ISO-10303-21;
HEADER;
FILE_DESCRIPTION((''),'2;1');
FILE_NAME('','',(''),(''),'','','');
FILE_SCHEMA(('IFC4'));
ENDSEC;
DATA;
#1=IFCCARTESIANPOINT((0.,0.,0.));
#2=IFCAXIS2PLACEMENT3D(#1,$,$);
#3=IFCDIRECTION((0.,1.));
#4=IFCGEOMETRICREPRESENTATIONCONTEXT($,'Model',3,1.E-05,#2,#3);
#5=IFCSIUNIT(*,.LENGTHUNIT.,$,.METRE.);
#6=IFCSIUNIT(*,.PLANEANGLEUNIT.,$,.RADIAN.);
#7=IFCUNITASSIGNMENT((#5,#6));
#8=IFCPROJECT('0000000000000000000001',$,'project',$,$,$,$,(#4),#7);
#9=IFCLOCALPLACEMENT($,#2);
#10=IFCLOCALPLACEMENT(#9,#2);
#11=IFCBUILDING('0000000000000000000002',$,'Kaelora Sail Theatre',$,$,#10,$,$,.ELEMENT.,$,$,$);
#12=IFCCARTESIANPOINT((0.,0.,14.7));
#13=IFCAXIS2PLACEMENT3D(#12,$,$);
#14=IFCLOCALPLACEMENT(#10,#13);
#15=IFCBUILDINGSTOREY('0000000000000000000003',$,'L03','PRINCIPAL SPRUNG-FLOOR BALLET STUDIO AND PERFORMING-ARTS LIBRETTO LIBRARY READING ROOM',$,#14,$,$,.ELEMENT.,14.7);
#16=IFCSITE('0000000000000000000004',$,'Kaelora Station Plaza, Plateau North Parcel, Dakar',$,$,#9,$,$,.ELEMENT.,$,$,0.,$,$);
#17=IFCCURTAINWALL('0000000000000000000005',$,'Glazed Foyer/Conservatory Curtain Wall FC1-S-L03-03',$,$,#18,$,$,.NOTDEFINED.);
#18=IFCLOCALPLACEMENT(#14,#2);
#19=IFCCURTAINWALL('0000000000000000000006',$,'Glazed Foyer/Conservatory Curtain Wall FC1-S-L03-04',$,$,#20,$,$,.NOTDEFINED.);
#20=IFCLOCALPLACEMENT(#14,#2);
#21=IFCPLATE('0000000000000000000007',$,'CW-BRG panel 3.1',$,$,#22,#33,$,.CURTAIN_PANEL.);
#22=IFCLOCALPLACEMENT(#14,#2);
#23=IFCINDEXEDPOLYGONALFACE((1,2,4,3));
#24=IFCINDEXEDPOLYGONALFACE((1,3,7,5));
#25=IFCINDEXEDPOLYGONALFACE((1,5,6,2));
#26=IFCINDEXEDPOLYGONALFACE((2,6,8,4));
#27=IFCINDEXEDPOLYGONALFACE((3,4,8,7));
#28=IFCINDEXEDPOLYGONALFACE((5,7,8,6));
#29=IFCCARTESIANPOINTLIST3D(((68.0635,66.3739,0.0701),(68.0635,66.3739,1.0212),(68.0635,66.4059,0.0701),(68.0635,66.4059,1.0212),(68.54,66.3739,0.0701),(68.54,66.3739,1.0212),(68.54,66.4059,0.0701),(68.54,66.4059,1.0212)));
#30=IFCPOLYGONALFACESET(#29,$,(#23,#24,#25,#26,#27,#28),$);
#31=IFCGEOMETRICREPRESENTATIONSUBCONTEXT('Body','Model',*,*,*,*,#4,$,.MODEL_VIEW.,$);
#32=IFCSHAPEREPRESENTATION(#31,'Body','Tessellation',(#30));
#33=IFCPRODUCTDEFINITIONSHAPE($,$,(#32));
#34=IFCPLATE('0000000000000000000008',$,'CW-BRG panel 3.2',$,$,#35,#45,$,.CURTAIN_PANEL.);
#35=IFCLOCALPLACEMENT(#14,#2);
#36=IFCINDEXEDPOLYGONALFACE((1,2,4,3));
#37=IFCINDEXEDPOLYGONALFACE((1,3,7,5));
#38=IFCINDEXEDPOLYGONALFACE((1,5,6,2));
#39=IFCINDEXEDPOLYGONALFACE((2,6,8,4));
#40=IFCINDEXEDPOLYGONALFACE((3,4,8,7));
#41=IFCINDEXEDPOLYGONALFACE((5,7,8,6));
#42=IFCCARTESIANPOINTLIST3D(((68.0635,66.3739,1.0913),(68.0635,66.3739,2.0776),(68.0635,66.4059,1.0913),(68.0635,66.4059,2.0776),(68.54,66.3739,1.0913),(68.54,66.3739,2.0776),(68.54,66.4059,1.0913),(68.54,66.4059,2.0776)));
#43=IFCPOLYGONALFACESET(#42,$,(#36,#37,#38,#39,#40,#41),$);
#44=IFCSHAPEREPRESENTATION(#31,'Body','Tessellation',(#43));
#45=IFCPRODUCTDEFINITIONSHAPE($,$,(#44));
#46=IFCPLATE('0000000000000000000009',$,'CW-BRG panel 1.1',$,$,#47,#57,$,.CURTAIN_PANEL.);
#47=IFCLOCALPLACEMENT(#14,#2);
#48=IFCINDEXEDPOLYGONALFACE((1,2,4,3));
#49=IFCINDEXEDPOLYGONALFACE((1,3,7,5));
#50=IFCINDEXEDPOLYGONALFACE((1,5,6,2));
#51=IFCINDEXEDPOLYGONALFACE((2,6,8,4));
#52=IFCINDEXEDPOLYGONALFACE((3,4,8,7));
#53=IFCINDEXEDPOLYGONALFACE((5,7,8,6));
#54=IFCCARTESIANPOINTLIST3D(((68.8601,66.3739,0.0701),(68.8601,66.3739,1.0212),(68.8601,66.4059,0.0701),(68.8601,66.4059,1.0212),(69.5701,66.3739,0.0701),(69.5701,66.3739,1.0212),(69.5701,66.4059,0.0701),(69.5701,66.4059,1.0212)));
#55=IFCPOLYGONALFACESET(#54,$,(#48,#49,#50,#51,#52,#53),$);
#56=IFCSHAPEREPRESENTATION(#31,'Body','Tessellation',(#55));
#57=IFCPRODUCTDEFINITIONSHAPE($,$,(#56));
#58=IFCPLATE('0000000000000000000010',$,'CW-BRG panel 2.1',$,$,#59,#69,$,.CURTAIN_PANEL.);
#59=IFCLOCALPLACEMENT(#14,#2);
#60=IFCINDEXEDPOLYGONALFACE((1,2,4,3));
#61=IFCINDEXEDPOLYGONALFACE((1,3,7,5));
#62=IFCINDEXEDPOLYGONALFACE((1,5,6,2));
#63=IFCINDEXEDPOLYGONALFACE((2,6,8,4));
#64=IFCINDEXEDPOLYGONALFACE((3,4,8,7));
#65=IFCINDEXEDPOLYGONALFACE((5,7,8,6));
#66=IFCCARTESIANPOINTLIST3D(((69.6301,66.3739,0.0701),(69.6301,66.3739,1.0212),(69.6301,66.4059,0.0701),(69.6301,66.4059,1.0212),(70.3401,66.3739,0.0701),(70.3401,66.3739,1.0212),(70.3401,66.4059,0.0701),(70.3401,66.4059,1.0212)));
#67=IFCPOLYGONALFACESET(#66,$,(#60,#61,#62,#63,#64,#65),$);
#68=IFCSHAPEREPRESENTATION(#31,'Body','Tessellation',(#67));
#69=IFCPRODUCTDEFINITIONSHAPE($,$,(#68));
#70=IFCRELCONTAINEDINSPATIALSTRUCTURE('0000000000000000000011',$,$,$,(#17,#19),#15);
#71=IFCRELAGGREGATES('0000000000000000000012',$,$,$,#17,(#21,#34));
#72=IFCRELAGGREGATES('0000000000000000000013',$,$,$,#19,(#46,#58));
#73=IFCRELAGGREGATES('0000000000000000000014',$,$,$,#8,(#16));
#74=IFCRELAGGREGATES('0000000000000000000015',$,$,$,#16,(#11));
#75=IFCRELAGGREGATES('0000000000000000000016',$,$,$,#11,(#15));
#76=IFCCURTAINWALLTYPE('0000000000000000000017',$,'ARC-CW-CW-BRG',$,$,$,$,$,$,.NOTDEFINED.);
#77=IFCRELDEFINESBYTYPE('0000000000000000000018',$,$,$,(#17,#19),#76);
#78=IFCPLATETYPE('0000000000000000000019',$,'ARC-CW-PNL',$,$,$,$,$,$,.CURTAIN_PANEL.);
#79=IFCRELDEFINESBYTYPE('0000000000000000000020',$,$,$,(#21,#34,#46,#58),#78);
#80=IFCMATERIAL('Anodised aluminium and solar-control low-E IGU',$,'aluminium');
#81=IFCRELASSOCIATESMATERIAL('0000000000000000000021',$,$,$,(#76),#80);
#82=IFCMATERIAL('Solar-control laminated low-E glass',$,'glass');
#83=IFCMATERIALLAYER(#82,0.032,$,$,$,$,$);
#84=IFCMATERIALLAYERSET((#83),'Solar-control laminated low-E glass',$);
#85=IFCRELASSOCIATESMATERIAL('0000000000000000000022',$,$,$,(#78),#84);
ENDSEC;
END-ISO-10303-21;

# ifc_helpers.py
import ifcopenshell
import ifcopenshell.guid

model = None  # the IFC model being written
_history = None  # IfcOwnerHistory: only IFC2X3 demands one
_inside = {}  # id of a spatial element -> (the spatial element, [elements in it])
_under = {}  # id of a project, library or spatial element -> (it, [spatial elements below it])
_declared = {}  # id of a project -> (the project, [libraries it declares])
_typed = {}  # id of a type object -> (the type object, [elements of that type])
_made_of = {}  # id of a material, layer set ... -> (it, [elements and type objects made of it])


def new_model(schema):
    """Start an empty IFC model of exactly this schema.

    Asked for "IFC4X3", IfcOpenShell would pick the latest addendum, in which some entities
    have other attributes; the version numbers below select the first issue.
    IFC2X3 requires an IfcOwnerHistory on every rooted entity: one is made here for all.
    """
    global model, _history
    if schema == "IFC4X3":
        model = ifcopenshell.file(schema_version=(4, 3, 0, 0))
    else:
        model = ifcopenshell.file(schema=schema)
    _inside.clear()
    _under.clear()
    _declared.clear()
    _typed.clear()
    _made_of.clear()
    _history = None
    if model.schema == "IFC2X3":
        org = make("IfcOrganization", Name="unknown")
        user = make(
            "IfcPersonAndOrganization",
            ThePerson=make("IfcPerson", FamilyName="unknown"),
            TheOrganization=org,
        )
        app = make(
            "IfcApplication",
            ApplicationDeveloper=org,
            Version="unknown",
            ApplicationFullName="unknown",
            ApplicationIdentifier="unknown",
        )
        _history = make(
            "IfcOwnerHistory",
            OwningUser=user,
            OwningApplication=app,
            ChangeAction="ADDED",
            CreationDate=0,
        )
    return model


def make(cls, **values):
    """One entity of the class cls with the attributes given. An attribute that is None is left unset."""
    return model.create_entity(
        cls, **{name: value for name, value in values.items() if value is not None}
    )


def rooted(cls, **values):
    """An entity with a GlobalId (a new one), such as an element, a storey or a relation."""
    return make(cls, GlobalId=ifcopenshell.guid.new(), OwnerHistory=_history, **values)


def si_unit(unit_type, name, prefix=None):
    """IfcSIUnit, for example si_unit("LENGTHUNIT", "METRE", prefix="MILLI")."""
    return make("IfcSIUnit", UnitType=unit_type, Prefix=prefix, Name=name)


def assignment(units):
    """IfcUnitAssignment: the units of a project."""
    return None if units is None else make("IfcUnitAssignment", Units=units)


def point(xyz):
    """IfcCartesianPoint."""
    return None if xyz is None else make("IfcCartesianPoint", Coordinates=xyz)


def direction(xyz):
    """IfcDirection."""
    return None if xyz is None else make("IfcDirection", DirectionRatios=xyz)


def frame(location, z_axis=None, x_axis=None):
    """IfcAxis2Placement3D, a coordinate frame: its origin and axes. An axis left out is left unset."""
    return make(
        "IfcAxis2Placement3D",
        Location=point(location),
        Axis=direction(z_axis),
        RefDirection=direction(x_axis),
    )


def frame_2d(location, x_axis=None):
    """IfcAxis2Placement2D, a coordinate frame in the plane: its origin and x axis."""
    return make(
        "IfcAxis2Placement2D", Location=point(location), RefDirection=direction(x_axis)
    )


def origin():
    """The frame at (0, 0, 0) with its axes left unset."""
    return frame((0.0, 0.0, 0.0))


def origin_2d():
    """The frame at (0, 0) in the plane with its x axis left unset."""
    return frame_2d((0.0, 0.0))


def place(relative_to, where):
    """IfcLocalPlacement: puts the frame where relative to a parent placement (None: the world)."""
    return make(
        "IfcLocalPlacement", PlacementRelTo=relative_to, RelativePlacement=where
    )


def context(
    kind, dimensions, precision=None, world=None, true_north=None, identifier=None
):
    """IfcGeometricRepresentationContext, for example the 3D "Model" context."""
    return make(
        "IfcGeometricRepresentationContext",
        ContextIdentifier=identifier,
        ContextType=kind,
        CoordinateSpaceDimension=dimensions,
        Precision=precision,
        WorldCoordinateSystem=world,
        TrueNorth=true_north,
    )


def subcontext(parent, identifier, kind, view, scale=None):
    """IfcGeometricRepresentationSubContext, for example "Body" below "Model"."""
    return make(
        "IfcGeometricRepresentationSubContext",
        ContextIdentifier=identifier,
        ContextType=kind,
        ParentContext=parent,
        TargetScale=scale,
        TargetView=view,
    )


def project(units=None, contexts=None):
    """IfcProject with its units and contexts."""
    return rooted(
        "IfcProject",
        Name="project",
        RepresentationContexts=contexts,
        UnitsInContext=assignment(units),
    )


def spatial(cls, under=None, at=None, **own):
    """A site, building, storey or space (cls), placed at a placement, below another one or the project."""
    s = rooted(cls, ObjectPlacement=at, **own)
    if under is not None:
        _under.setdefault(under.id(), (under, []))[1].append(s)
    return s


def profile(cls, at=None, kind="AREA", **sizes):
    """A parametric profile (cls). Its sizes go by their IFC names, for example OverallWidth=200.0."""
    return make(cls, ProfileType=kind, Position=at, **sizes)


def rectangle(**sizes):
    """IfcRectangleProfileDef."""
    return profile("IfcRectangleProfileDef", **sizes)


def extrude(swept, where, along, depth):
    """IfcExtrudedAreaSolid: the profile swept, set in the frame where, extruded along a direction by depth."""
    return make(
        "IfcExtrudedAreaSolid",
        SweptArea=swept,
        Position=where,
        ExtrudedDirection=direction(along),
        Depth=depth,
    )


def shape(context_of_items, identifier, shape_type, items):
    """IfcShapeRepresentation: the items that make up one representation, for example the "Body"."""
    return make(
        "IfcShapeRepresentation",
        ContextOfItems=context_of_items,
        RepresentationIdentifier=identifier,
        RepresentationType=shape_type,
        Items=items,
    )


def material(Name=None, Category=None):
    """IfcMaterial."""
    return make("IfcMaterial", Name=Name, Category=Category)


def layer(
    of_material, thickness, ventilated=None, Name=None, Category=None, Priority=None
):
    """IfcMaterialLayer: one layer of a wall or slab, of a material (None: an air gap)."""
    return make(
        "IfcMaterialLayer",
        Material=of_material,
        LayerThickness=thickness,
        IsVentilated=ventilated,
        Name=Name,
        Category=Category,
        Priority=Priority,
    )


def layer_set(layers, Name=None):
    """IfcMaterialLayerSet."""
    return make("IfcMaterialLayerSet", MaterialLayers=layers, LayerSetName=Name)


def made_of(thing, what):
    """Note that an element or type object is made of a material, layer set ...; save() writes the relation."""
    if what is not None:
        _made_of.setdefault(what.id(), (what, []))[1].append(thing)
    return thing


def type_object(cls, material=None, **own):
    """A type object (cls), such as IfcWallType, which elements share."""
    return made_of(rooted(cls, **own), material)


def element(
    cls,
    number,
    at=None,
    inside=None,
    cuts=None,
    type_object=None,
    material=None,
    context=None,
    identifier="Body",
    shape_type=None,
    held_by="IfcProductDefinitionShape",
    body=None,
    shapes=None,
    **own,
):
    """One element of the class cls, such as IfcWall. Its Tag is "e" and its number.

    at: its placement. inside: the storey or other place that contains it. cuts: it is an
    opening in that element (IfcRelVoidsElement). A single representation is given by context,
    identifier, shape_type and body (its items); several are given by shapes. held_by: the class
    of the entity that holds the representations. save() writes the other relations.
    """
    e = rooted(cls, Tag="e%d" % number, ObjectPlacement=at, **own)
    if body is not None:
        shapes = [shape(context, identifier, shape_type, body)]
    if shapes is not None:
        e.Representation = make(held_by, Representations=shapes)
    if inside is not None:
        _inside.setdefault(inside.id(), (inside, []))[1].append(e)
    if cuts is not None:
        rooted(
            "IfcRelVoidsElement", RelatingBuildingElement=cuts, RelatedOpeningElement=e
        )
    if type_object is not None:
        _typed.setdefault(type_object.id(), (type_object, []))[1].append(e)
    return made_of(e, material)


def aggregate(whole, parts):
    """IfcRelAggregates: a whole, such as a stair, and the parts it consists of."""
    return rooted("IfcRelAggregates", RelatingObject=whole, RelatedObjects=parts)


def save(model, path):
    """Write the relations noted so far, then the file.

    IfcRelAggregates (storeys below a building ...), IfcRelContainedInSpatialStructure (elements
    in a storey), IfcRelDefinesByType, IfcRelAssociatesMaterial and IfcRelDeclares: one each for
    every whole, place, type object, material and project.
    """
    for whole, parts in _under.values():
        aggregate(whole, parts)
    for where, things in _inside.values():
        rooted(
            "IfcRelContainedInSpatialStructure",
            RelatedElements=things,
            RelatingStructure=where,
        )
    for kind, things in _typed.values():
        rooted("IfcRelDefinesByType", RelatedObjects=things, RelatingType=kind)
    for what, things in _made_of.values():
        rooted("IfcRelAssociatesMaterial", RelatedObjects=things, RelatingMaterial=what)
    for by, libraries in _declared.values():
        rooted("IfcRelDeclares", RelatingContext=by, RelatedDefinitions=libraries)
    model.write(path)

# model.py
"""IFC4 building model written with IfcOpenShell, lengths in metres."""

from ifc_helpers import new_model, si_unit, direction, frame, origin, origin_2d, place, context, subcontext, project, spatial, rectangle, extrude, material, layer, layer_set, type_object, element, aggregate, save


model = new_model("IFC4")

# Units and contexts
model_context = context("Model", 3, precision=1e-05, world=origin(), true_north=direction((0.0, 1.0)))
body_context = subcontext(model_context, "Body", "Model", "MODEL_VIEW")
ifc_project = project(units=[si_unit("LENGTHUNIT", "METRE"), si_unit("PLANEANGLEUNIT", "RADIAN")], contexts=[model_context])

# Site, building, storey
site_placement = place(None, origin())
site = spatial("IfcSite", under=ifc_project, at=site_placement, Name="Kaelora Station Plaza, Plateau North Parcel, Dakar", CompositionType="ELEMENT", RefElevation=0.0)
building_placement = place(site_placement, origin())
building = spatial("IfcBuilding", under=site, at=building_placement, Name="Kaelora Sail Theatre", CompositionType="ELEMENT")
storey_placement = place(building_placement, frame((0.0, 0.0, 14.7)))
storey = spatial("IfcBuildingStorey", under=building, at=storey_placement, Name="L03", Description="PRINCIPAL SPRUNG-FLOOR BALLET STUDIO AND PERFORMING-ARTS LIBRETTO LIBRARY READING ROOM", CompositionType="ELEMENT", Elevation=14.7)

# Curtain walls
ifc_material_1 = material(Name="Anodised aluminium and solar-control low-E IGU", Category="aluminium")
curtain_wall_type = type_object("IfcCurtainWallType", Name="ARC-CW-CW-BRG", PredefinedType="NOTDEFINED", material=ifc_material_1)
curtain_wall_1_placement = place(storey_placement, origin())
curtain_wall_1 = element("IfcCurtainWall", 1, at=curtain_wall_1_placement, inside=storey, type_object=curtain_wall_type, Name="Glazed Foyer/Conservatory Curtain Wall FC1-S-L03-03", PredefinedType="NOTDEFINED")
curtain_wall_2_placement = place(storey_placement, origin())
curtain_wall_2 = element("IfcCurtainWall", 2, at=curtain_wall_2_placement, inside=storey, type_object=curtain_wall_type, Name="Glazed Foyer/Conservatory Curtain Wall FC1-S-L03-04", PredefinedType="NOTDEFINED")

# Plates
ifc_material_2 = material(Name="Solar-control laminated low-E glass", Category="glass")
ifc_layer = layer(ifc_material_2, 0.032)
ifc_layer_set = layer_set([ifc_layer], Name="Solar-control laminated low-E glass")
plate_type = type_object("IfcPlateType", Name="ARC-CW-PNL", PredefinedType="CURTAIN_PANEL", material=ifc_layer_set)
plate_1_placement = place(storey_placement, frame((68.3018, 66.3899, 0.0701), z_axis=(0.0, 0.0, 1.0), x_axis=(1.0, 0.0, 0.0)))
plate_1 = element("IfcPlate", 3, at=plate_1_placement, type_object=plate_type, Name="CW-BRG panel 3.1", PredefinedType="CURTAIN_PANEL", context=body_context, shape_type="SweptSolid", body=[
    extrude(rectangle(XDim=0.4766, YDim=0.032, at=origin_2d()), origin(), (0.0, 0.0, 1.0), 0.9512),
])
plate_2_placement = place(storey_placement, frame((68.3018, 66.3899, 1.0913), z_axis=(0.0, 0.0, 1.0), x_axis=(1.0, 0.0, 0.0)))
plate_2 = element("IfcPlate", 4, at=plate_2_placement, type_object=plate_type, Name="CW-BRG panel 3.2", PredefinedType="CURTAIN_PANEL", context=body_context, shape_type="SweptSolid", body=[
    extrude(rectangle(XDim=0.4766, YDim=0.032, at=origin_2d()), origin(), (0.0, 0.0, 1.0), 0.9863),
])
aggregate(curtain_wall_1, [plate_1, plate_2])
plate_3_placement = place(storey_placement, frame((69.2151, 66.3899, 0.0701), z_axis=(0.0, 0.0, 1.0), x_axis=(1.0, 0.0, 0.0)))
plate_3 = element("IfcPlate", 5, at=plate_3_placement, type_object=plate_type, Name="CW-BRG panel 1.1", PredefinedType="CURTAIN_PANEL", context=body_context, shape_type="SweptSolid", body=[
    extrude(rectangle(XDim=0.71, YDim=0.032, at=origin_2d()), origin(), (0.0, 0.0, 1.0), 0.9512),
])
plate_4_placement = place(storey_placement, frame((69.9851, 66.3899, 0.0701), z_axis=(0.0, 0.0, 1.0), x_axis=(1.0, 0.0, 0.0)))
plate_4 = element("IfcPlate", 6, at=plate_4_placement, type_object=plate_type, Name="CW-BRG panel 2.1", PredefinedType="CURTAIN_PANEL", context=body_context, shape_type="SweptSolid", body=[
    extrude(rectangle(XDim=0.71, YDim=0.032, at=origin_2d()), origin(), (0.0, 0.0, 1.0), 0.9512),
])
aggregate(curtain_wall_2, [plate_3, plate_4])

save(model, "model.ifc")
